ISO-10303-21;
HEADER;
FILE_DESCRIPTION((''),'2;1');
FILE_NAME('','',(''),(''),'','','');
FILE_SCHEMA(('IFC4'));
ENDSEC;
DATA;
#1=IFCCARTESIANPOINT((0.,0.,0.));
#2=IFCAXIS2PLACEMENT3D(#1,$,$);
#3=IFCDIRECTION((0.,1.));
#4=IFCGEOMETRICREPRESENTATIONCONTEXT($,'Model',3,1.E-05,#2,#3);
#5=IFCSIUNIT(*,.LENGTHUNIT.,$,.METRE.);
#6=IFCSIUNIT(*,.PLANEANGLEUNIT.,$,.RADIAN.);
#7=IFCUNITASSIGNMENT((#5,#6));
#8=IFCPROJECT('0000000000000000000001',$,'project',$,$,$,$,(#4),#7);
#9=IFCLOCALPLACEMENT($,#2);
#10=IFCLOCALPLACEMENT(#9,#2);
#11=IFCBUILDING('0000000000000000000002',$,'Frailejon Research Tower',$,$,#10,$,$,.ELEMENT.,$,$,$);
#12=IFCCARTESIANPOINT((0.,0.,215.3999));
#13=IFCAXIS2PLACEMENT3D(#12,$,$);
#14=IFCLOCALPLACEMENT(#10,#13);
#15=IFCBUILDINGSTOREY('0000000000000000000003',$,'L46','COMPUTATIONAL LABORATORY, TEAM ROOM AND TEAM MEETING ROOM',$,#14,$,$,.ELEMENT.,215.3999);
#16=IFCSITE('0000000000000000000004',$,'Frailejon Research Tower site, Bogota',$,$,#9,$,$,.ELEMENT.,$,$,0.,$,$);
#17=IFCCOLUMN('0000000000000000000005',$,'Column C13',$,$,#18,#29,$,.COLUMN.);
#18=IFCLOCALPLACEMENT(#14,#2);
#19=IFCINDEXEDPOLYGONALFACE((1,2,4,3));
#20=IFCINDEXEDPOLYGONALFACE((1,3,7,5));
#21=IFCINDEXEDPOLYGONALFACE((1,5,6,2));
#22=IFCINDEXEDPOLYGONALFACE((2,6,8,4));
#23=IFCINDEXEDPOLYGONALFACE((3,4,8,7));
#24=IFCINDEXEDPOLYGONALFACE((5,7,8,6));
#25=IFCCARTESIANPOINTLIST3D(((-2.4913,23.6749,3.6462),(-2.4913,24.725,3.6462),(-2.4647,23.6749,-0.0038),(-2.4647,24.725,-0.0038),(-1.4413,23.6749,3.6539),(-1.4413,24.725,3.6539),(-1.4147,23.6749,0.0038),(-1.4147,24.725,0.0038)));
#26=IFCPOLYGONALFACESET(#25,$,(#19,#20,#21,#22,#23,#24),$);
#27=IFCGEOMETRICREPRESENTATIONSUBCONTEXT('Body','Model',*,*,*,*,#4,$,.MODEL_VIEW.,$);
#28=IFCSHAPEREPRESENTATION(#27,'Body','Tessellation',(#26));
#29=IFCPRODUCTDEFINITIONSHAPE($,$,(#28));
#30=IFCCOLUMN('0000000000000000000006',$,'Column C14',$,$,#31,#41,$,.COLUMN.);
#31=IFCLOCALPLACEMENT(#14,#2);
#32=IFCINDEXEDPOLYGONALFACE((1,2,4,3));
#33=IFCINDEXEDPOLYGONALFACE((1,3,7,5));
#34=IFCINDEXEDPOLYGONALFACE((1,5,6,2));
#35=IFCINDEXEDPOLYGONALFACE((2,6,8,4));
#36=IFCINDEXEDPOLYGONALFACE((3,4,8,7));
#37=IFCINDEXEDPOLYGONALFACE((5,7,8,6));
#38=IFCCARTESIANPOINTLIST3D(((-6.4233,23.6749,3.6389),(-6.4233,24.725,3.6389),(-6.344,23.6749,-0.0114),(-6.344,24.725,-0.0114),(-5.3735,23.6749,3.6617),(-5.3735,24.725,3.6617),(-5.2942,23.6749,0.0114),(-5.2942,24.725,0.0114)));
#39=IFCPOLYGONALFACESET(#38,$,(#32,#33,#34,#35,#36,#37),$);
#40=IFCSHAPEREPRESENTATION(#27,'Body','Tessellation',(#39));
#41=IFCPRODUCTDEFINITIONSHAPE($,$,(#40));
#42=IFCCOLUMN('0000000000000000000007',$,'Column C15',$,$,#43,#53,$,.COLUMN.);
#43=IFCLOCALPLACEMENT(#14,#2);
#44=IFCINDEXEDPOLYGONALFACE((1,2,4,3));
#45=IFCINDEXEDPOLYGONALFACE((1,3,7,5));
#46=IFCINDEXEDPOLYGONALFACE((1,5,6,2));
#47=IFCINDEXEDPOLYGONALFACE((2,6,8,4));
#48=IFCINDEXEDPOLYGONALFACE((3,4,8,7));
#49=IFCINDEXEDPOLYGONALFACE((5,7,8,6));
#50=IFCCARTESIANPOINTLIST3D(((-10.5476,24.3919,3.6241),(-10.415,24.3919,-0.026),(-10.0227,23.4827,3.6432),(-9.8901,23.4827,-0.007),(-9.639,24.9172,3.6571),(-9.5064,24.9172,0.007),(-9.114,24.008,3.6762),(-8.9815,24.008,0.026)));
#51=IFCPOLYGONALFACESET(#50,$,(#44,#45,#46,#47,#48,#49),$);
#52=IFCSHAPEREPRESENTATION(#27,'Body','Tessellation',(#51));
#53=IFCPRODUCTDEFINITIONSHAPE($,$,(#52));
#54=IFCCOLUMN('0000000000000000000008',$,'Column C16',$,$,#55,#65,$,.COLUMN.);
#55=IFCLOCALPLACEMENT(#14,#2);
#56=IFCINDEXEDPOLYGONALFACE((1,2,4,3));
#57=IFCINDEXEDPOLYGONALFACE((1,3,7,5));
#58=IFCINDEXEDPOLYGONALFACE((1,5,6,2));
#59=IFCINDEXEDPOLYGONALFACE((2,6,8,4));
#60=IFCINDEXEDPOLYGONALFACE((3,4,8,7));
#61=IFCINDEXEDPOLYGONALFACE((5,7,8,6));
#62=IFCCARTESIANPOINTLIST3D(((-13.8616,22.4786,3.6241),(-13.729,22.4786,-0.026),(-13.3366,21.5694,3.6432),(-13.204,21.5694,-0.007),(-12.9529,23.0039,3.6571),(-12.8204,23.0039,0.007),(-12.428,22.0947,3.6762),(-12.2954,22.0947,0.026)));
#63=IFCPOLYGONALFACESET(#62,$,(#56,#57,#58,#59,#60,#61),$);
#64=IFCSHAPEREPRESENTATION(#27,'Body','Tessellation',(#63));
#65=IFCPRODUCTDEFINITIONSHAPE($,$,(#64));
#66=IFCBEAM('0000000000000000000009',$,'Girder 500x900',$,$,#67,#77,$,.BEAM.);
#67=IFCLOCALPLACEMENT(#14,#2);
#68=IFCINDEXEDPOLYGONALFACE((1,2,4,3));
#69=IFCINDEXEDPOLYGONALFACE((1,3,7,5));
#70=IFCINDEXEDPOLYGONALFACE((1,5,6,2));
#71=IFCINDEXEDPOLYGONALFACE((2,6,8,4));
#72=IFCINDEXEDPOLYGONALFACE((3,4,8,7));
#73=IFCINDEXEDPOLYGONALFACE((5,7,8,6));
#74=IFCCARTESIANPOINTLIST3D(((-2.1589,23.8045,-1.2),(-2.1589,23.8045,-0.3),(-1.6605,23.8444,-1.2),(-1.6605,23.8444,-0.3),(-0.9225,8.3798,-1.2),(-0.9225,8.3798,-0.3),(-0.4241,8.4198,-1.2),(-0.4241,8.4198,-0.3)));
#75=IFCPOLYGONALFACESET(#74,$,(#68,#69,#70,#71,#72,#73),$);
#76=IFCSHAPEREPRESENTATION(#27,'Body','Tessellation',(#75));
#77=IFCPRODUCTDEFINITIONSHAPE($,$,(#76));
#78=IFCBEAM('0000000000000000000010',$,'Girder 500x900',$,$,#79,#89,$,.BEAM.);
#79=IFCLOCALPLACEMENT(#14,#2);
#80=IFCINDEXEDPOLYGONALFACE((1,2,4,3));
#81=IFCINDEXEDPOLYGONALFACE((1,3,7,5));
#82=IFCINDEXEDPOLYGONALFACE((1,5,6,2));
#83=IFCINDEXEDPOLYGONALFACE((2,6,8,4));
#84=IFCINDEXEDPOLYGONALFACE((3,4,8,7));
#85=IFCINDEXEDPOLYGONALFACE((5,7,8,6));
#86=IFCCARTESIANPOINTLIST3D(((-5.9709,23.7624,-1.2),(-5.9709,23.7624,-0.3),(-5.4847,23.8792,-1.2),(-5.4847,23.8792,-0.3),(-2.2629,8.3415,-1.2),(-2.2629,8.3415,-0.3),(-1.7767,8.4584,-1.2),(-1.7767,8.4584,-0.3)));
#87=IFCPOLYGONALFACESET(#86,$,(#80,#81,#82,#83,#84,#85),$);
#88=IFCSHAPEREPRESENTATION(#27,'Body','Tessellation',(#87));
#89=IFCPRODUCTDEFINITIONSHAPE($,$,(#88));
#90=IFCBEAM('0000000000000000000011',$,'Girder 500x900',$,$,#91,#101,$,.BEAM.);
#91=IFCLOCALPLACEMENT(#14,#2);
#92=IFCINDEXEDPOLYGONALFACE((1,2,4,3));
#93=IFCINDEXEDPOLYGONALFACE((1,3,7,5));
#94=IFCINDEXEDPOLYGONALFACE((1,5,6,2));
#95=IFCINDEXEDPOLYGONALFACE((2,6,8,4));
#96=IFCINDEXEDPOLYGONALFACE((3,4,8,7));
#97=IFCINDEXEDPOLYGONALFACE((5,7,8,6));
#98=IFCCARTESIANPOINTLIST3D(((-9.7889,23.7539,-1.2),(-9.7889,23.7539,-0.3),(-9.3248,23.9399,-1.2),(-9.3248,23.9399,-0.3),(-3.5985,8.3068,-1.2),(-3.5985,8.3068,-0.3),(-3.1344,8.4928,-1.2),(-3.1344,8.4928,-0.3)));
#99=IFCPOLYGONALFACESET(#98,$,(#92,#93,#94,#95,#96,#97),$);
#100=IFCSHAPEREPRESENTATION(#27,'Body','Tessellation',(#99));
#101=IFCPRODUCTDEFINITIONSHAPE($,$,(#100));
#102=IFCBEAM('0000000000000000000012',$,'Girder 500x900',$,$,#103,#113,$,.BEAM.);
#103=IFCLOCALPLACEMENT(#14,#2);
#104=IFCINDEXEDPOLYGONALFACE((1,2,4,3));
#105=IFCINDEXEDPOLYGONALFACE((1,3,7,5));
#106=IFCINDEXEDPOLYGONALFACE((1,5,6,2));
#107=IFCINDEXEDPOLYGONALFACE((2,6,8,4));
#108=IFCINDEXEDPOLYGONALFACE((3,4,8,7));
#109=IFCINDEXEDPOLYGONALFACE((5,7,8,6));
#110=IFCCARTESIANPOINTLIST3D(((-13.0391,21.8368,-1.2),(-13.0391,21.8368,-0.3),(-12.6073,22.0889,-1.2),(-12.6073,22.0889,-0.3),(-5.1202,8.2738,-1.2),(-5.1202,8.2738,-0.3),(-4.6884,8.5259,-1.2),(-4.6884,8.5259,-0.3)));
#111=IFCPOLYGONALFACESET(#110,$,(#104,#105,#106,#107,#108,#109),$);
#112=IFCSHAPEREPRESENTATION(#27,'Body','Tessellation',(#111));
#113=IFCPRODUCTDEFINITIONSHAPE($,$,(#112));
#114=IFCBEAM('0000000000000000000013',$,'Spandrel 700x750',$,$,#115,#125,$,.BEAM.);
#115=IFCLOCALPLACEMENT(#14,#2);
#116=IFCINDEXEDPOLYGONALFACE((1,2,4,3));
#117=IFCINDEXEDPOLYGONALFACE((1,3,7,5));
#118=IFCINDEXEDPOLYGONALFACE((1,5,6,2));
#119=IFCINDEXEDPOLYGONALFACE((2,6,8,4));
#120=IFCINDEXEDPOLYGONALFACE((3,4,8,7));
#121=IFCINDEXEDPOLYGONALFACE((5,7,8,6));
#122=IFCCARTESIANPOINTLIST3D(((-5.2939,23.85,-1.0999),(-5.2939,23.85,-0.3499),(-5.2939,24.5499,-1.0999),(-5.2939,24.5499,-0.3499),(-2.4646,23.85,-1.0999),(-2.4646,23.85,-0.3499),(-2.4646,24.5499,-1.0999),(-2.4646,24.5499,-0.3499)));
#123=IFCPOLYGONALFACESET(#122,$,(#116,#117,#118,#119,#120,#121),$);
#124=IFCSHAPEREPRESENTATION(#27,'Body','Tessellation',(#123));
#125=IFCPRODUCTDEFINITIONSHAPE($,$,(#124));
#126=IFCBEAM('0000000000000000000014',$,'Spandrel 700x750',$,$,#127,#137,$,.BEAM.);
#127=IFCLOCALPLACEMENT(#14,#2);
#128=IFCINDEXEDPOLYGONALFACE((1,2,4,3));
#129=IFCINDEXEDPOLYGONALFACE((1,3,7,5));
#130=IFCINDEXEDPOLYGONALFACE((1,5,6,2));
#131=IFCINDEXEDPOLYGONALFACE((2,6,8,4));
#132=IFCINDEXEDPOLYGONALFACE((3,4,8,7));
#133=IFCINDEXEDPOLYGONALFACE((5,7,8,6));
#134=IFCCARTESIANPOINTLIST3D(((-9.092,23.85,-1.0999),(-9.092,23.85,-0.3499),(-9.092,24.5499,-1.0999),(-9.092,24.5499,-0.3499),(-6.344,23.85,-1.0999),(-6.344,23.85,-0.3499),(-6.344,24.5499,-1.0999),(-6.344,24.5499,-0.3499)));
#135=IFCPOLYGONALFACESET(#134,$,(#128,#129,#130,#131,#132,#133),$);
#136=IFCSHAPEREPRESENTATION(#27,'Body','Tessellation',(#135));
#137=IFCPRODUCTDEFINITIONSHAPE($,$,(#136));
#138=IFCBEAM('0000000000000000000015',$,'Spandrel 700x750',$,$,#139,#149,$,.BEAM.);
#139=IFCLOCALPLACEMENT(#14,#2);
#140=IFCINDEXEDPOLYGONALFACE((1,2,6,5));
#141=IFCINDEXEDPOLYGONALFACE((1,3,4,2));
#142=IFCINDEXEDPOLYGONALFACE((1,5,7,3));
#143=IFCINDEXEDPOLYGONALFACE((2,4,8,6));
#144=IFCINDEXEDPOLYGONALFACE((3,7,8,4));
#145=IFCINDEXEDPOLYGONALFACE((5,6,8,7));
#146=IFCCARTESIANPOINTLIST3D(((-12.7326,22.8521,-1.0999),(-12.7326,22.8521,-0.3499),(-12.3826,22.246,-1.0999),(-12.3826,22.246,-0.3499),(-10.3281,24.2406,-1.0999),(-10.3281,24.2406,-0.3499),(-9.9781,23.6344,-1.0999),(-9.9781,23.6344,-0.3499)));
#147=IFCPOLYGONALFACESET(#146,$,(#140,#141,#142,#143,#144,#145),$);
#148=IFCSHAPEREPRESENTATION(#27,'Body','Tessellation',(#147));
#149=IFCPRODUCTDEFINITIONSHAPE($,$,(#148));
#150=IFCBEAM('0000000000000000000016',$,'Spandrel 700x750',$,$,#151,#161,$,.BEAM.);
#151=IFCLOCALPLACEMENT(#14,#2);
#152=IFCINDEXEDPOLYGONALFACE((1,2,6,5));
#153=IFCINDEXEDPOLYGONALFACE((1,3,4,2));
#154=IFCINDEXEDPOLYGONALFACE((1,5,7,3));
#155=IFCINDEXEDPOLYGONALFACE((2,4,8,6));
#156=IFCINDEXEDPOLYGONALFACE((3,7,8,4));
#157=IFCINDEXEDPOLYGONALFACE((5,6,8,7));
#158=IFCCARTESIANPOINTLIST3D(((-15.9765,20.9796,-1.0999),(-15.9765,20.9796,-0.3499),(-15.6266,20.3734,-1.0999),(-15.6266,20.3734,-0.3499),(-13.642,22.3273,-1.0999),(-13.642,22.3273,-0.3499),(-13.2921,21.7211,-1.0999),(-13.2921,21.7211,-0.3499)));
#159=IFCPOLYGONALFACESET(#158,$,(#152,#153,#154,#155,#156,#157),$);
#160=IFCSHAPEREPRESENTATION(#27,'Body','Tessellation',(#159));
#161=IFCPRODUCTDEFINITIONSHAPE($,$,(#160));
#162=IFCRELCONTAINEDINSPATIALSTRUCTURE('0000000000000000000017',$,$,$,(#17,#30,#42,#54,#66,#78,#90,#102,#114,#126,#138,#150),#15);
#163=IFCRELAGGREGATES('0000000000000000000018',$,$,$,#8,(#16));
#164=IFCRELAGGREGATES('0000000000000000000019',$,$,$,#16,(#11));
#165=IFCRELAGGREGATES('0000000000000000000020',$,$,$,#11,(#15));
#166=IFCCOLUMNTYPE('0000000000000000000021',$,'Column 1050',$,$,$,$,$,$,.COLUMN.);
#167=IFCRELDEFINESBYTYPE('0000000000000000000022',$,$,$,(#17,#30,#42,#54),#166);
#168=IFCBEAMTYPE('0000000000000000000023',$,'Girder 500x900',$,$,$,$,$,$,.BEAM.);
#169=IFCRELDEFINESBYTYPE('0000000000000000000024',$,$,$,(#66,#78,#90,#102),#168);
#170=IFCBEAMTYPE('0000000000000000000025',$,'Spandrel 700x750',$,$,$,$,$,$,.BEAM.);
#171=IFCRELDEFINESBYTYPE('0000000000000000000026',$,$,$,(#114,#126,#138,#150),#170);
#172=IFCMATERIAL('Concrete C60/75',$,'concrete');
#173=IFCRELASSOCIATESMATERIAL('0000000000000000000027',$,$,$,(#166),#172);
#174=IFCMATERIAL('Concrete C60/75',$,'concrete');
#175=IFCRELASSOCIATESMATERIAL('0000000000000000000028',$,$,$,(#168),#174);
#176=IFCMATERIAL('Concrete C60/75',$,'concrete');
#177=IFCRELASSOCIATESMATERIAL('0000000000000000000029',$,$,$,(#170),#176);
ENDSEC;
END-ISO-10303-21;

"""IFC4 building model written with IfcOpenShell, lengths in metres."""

from ifc_helpers import new_model, si_unit, direction, frame, origin, origin_2d, place, context, subcontext, project, spatial, rectangle, extrude, material, material_profile, profile_set, type_object, element, save


model = new_model("IFC4")

# Units and contexts
model_context = context("Model", 3, precision=1e-05, world=origin(), true_north=direction((0.0, 1.0)))
body_context = subcontext(model_context, "Body", "Model", "MODEL_VIEW")
ifc_project = project(units=[si_unit("LENGTHUNIT", "METRE"), si_unit("PLANEANGLEUNIT", "RADIAN")], contexts=[model_context])

# Site, building, storey
site_placement = place(None, origin())
site = spatial("IfcSite", under=ifc_project, at=site_placement, Name="Frailejon Research Tower site, Bogota", CompositionType="ELEMENT", RefElevation=0.0)
building_placement = place(site_placement, origin())
building = spatial("IfcBuilding", under=site, at=building_placement, Name="Frailejon Research Tower", CompositionType="ELEMENT")
storey_placement = place(building_placement, frame((0.0, 0.0, 215.3999)))
storey = spatial("IfcBuildingStorey", under=building, at=storey_placement, Name="L46", Description="COMPUTATIONAL LABORATORY, TEAM ROOM AND TEAM MEETING ROOM", CompositionType="ELEMENT", Elevation=215.3999)

# Columns
ifc_material_1 = material(Name="Concrete C60/75", Category="concrete")
ifc_material_profile_1 = material_profile(ifc_material_1, rectangle(XDim=1.05, YDim=1.05, at=origin_2d()), Name="Column 1050")
ifc_profile_set_1 = profile_set([ifc_material_profile_1], Name="Concrete C60/75")
column_type = type_object("IfcColumnType", Name="Column 1050", PredefinedType="COLUMN", material=ifc_profile_set_1)
column_1_placement = place(storey_placement, frame((-1.9397, 24.2, 0.0), z_axis=(-0.00729, 0.0, 0.999973), x_axis=(-0.999973, 0.0, -0.00729)))
element("IfcColumn", 1, at=column_1_placement, inside=storey, type_object=column_type, Name="Column C13", PredefinedType="COLUMN", context=body_context, shape_type="SweptSolid", body=[
    extrude(rectangle(XDim=1.05, YDim=1.05, at=origin_2d()), origin(), (0.0, 0.0, 1.0), 3.6501),
])
column_2_placement = place(storey_placement, frame((-5.8191, 24.2, 0.0), z_axis=(-0.021733, 0.0, 0.999764), x_axis=(-0.999764, 0.0, -0.021733)))
element("IfcColumn", 2, at=column_2_placement, inside=storey, type_object=column_type, Name="Column C14", PredefinedType="COLUMN", context=body_context, shape_type="SweptSolid", body=[
    extrude(rectangle(XDim=1.05, YDim=1.05, at=origin_2d()), origin(), (0.0, 0.0, 1.0), 3.6511),
])
for number, where, z_axis, x_axis, name in (
    (3, (-9.6982, 24.2, 0.0), (-0.036295, 0.0, 0.999341), (-0.865313, -0.500246, -0.031427), "Column C15"),
    (4, (-13.0122, 22.2866, 0.0), (-0.036295, 0.0, 0.999341), (-0.865313, -0.500246, -0.031427), "Column C16"),
):
    element("IfcColumn", number, at=place(storey_placement, frame(where, z_axis=z_axis, x_axis=x_axis)), inside=storey, type_object=column_type, Name=name, PredefinedType="COLUMN", context=body_context, shape_type="SweptSolid", body=[
        extrude(rectangle(XDim=1.05, YDim=1.05, at=origin_2d()), origin(), (0.0, 0.0, 1.0), 3.6526),
    ])

# Beams
ifc_material_2 = material(Name="Concrete C60/75", Category="concrete")
ifc_material_profile_2 = material_profile(ifc_material_2, rectangle(XDim=0.5, YDim=0.8999, at=origin_2d()), Name="Girder 500x900")
ifc_profile_set_2 = profile_set([ifc_material_profile_2], Name="Concrete C60/75")
beam_type_1 = type_object("IfcBeamType", Name="Girder 500x900", PredefinedType="BEAM", material=ifc_profile_set_2)
beam_1_placement = place(storey_placement, frame((-1.9097, 23.8245, -0.75), z_axis=(0.079897, -0.996803, 0.0), x_axis=(0.996803, 0.079897, 0.0)))
element("IfcBeam", 5, at=beam_1_placement, inside=storey, type_object=beam_type_1, Name="Girder 500x900", PredefinedType="BEAM", context=body_context, shape_type="SweptSolid", body=[
    extrude(rectangle(XDim=0.5, YDim=0.8999, at=origin_2d()), origin(), (0.0, 0.0, 1.0), 15.4741),
])
beam_2_placement = place(storey_placement, frame((-5.7278, 23.8208, -0.75), z_axis=(0.23379, -0.972287, 0.0), x_axis=(0.972287, 0.23379, 0.0)))
element("IfcBeam", 6, at=beam_2_placement, inside=storey, type_object=beam_type_1, Name="Girder 500x900", PredefinedType="BEAM", context=body_context, shape_type="SweptSolid", body=[
    extrude(rectangle(XDim=0.5, YDim=0.8999, at=origin_2d()), origin(), (0.0, 0.0, 1.0), 15.8604),
])
beam_3_placement = place(storey_placement, frame((-9.5569, 23.8469, -0.75), z_axis=(0.371993, -0.928236, 0.0), x_axis=(0.928236, 0.371993, 0.0)))
element("IfcBeam", 7, at=beam_3_placement, inside=storey, type_object=beam_type_1, Name="Girder 500x900", PredefinedType="BEAM", context=body_context, shape_type="SweptSolid", body=[
    extrude(rectangle(XDim=0.5, YDim=0.8999, at=origin_2d()), origin(), (0.0, 0.0, 1.0), 16.6414),
])
beam_4_placement = place(storey_placement, frame((-12.8232, 21.9629, -0.75), z_axis=(0.504213, -0.863579, 0.0), x_axis=(0.863579, 0.504213, 0.0)))
element("IfcBeam", 8, at=beam_4_placement, inside=storey, type_object=beam_type_1, Name="Girder 500x900", PredefinedType="BEAM", context=body_context, shape_type="SweptSolid", body=[
    extrude(rectangle(XDim=0.5, YDim=0.8999, at=origin_2d()), origin(), (0.0, 0.0, 1.0), 15.7056),
])
ifc_material_3 = material(Name="Concrete C60/75", Category="concrete")
ifc_material_profile_3 = material_profile(ifc_material_3, rectangle(XDim=0.7, YDim=0.75, at=origin_2d()), Name="Spandrel 700x750")
ifc_profile_set_3 = profile_set([ifc_material_profile_3], Name="Concrete C60/75")
beam_type_2 = type_object("IfcBeamType", Name="Spandrel 700x750", PredefinedType="BEAM", material=ifc_profile_set_3)
beam_5_placement = place(storey_placement, frame((-2.4646, 24.2, -0.7249), z_axis=(-1.0, 0.0, 0.0), x_axis=(0.0, -1.0, 0.0)))
element("IfcBeam", 9, at=beam_5_placement, inside=storey, type_object=beam_type_2, Name="Spandrel 700x750", PredefinedType="BEAM", context=body_context, shape_type="SweptSolid", body=[
    extrude(rectangle(XDim=0.7, YDim=0.75, at=origin_2d()), origin(), (0.0, 0.0, 1.0), 2.8293),
])
beam_6_placement = place(storey_placement, frame((-6.344, 24.2, -0.7249), z_axis=(-1.0, 0.0, 0.0), x_axis=(0.0, -1.0, 0.0)))
element("IfcBeam", 10, at=beam_6_placement, inside=storey, type_object=beam_type_2, Name="Spandrel 700x750", PredefinedType="BEAM", context=body_context, shape_type="SweptSolid", body=[
    extrude(rectangle(XDim=0.7, YDim=0.75, at=origin_2d()), origin(), (0.0, 0.0, 1.0), 2.748),
])
beam_7_placement = place(storey_placement, frame((-10.1531, 23.9375, -0.7249), z_axis=(-0.866, -0.500045, 0.0), x_axis=(0.500045, -0.866, 0.0)))
element("IfcBeam", 11, at=beam_7_placement, inside=storey, type_object=beam_type_2, Name="Spandrel 700x750", PredefinedType="BEAM", context=body_context, shape_type="SweptSolid", body=[
    extrude(rectangle(XDim=0.7, YDim=0.75, at=origin_2d()), origin(), (0.0, 0.0, 1.0), 2.7766),
])
beam_8_placement = place(storey_placement, frame((-13.467, 22.0242, -0.7249), z_axis=(-0.86605, -0.499958, 0.0), x_axis=(0.499958, -0.86605, 0.0)))
element("IfcBeam", 12, at=beam_8_placement, inside=storey, type_object=beam_type_2, Name="Spandrel 700x750", PredefinedType="BEAM", context=body_context, shape_type="SweptSolid", body=[
    extrude(rectangle(XDim=0.7, YDim=0.75, at=origin_2d()), origin(), (0.0, 0.0, 1.0), 2.6956),
])

save(model, "model.ifc")
